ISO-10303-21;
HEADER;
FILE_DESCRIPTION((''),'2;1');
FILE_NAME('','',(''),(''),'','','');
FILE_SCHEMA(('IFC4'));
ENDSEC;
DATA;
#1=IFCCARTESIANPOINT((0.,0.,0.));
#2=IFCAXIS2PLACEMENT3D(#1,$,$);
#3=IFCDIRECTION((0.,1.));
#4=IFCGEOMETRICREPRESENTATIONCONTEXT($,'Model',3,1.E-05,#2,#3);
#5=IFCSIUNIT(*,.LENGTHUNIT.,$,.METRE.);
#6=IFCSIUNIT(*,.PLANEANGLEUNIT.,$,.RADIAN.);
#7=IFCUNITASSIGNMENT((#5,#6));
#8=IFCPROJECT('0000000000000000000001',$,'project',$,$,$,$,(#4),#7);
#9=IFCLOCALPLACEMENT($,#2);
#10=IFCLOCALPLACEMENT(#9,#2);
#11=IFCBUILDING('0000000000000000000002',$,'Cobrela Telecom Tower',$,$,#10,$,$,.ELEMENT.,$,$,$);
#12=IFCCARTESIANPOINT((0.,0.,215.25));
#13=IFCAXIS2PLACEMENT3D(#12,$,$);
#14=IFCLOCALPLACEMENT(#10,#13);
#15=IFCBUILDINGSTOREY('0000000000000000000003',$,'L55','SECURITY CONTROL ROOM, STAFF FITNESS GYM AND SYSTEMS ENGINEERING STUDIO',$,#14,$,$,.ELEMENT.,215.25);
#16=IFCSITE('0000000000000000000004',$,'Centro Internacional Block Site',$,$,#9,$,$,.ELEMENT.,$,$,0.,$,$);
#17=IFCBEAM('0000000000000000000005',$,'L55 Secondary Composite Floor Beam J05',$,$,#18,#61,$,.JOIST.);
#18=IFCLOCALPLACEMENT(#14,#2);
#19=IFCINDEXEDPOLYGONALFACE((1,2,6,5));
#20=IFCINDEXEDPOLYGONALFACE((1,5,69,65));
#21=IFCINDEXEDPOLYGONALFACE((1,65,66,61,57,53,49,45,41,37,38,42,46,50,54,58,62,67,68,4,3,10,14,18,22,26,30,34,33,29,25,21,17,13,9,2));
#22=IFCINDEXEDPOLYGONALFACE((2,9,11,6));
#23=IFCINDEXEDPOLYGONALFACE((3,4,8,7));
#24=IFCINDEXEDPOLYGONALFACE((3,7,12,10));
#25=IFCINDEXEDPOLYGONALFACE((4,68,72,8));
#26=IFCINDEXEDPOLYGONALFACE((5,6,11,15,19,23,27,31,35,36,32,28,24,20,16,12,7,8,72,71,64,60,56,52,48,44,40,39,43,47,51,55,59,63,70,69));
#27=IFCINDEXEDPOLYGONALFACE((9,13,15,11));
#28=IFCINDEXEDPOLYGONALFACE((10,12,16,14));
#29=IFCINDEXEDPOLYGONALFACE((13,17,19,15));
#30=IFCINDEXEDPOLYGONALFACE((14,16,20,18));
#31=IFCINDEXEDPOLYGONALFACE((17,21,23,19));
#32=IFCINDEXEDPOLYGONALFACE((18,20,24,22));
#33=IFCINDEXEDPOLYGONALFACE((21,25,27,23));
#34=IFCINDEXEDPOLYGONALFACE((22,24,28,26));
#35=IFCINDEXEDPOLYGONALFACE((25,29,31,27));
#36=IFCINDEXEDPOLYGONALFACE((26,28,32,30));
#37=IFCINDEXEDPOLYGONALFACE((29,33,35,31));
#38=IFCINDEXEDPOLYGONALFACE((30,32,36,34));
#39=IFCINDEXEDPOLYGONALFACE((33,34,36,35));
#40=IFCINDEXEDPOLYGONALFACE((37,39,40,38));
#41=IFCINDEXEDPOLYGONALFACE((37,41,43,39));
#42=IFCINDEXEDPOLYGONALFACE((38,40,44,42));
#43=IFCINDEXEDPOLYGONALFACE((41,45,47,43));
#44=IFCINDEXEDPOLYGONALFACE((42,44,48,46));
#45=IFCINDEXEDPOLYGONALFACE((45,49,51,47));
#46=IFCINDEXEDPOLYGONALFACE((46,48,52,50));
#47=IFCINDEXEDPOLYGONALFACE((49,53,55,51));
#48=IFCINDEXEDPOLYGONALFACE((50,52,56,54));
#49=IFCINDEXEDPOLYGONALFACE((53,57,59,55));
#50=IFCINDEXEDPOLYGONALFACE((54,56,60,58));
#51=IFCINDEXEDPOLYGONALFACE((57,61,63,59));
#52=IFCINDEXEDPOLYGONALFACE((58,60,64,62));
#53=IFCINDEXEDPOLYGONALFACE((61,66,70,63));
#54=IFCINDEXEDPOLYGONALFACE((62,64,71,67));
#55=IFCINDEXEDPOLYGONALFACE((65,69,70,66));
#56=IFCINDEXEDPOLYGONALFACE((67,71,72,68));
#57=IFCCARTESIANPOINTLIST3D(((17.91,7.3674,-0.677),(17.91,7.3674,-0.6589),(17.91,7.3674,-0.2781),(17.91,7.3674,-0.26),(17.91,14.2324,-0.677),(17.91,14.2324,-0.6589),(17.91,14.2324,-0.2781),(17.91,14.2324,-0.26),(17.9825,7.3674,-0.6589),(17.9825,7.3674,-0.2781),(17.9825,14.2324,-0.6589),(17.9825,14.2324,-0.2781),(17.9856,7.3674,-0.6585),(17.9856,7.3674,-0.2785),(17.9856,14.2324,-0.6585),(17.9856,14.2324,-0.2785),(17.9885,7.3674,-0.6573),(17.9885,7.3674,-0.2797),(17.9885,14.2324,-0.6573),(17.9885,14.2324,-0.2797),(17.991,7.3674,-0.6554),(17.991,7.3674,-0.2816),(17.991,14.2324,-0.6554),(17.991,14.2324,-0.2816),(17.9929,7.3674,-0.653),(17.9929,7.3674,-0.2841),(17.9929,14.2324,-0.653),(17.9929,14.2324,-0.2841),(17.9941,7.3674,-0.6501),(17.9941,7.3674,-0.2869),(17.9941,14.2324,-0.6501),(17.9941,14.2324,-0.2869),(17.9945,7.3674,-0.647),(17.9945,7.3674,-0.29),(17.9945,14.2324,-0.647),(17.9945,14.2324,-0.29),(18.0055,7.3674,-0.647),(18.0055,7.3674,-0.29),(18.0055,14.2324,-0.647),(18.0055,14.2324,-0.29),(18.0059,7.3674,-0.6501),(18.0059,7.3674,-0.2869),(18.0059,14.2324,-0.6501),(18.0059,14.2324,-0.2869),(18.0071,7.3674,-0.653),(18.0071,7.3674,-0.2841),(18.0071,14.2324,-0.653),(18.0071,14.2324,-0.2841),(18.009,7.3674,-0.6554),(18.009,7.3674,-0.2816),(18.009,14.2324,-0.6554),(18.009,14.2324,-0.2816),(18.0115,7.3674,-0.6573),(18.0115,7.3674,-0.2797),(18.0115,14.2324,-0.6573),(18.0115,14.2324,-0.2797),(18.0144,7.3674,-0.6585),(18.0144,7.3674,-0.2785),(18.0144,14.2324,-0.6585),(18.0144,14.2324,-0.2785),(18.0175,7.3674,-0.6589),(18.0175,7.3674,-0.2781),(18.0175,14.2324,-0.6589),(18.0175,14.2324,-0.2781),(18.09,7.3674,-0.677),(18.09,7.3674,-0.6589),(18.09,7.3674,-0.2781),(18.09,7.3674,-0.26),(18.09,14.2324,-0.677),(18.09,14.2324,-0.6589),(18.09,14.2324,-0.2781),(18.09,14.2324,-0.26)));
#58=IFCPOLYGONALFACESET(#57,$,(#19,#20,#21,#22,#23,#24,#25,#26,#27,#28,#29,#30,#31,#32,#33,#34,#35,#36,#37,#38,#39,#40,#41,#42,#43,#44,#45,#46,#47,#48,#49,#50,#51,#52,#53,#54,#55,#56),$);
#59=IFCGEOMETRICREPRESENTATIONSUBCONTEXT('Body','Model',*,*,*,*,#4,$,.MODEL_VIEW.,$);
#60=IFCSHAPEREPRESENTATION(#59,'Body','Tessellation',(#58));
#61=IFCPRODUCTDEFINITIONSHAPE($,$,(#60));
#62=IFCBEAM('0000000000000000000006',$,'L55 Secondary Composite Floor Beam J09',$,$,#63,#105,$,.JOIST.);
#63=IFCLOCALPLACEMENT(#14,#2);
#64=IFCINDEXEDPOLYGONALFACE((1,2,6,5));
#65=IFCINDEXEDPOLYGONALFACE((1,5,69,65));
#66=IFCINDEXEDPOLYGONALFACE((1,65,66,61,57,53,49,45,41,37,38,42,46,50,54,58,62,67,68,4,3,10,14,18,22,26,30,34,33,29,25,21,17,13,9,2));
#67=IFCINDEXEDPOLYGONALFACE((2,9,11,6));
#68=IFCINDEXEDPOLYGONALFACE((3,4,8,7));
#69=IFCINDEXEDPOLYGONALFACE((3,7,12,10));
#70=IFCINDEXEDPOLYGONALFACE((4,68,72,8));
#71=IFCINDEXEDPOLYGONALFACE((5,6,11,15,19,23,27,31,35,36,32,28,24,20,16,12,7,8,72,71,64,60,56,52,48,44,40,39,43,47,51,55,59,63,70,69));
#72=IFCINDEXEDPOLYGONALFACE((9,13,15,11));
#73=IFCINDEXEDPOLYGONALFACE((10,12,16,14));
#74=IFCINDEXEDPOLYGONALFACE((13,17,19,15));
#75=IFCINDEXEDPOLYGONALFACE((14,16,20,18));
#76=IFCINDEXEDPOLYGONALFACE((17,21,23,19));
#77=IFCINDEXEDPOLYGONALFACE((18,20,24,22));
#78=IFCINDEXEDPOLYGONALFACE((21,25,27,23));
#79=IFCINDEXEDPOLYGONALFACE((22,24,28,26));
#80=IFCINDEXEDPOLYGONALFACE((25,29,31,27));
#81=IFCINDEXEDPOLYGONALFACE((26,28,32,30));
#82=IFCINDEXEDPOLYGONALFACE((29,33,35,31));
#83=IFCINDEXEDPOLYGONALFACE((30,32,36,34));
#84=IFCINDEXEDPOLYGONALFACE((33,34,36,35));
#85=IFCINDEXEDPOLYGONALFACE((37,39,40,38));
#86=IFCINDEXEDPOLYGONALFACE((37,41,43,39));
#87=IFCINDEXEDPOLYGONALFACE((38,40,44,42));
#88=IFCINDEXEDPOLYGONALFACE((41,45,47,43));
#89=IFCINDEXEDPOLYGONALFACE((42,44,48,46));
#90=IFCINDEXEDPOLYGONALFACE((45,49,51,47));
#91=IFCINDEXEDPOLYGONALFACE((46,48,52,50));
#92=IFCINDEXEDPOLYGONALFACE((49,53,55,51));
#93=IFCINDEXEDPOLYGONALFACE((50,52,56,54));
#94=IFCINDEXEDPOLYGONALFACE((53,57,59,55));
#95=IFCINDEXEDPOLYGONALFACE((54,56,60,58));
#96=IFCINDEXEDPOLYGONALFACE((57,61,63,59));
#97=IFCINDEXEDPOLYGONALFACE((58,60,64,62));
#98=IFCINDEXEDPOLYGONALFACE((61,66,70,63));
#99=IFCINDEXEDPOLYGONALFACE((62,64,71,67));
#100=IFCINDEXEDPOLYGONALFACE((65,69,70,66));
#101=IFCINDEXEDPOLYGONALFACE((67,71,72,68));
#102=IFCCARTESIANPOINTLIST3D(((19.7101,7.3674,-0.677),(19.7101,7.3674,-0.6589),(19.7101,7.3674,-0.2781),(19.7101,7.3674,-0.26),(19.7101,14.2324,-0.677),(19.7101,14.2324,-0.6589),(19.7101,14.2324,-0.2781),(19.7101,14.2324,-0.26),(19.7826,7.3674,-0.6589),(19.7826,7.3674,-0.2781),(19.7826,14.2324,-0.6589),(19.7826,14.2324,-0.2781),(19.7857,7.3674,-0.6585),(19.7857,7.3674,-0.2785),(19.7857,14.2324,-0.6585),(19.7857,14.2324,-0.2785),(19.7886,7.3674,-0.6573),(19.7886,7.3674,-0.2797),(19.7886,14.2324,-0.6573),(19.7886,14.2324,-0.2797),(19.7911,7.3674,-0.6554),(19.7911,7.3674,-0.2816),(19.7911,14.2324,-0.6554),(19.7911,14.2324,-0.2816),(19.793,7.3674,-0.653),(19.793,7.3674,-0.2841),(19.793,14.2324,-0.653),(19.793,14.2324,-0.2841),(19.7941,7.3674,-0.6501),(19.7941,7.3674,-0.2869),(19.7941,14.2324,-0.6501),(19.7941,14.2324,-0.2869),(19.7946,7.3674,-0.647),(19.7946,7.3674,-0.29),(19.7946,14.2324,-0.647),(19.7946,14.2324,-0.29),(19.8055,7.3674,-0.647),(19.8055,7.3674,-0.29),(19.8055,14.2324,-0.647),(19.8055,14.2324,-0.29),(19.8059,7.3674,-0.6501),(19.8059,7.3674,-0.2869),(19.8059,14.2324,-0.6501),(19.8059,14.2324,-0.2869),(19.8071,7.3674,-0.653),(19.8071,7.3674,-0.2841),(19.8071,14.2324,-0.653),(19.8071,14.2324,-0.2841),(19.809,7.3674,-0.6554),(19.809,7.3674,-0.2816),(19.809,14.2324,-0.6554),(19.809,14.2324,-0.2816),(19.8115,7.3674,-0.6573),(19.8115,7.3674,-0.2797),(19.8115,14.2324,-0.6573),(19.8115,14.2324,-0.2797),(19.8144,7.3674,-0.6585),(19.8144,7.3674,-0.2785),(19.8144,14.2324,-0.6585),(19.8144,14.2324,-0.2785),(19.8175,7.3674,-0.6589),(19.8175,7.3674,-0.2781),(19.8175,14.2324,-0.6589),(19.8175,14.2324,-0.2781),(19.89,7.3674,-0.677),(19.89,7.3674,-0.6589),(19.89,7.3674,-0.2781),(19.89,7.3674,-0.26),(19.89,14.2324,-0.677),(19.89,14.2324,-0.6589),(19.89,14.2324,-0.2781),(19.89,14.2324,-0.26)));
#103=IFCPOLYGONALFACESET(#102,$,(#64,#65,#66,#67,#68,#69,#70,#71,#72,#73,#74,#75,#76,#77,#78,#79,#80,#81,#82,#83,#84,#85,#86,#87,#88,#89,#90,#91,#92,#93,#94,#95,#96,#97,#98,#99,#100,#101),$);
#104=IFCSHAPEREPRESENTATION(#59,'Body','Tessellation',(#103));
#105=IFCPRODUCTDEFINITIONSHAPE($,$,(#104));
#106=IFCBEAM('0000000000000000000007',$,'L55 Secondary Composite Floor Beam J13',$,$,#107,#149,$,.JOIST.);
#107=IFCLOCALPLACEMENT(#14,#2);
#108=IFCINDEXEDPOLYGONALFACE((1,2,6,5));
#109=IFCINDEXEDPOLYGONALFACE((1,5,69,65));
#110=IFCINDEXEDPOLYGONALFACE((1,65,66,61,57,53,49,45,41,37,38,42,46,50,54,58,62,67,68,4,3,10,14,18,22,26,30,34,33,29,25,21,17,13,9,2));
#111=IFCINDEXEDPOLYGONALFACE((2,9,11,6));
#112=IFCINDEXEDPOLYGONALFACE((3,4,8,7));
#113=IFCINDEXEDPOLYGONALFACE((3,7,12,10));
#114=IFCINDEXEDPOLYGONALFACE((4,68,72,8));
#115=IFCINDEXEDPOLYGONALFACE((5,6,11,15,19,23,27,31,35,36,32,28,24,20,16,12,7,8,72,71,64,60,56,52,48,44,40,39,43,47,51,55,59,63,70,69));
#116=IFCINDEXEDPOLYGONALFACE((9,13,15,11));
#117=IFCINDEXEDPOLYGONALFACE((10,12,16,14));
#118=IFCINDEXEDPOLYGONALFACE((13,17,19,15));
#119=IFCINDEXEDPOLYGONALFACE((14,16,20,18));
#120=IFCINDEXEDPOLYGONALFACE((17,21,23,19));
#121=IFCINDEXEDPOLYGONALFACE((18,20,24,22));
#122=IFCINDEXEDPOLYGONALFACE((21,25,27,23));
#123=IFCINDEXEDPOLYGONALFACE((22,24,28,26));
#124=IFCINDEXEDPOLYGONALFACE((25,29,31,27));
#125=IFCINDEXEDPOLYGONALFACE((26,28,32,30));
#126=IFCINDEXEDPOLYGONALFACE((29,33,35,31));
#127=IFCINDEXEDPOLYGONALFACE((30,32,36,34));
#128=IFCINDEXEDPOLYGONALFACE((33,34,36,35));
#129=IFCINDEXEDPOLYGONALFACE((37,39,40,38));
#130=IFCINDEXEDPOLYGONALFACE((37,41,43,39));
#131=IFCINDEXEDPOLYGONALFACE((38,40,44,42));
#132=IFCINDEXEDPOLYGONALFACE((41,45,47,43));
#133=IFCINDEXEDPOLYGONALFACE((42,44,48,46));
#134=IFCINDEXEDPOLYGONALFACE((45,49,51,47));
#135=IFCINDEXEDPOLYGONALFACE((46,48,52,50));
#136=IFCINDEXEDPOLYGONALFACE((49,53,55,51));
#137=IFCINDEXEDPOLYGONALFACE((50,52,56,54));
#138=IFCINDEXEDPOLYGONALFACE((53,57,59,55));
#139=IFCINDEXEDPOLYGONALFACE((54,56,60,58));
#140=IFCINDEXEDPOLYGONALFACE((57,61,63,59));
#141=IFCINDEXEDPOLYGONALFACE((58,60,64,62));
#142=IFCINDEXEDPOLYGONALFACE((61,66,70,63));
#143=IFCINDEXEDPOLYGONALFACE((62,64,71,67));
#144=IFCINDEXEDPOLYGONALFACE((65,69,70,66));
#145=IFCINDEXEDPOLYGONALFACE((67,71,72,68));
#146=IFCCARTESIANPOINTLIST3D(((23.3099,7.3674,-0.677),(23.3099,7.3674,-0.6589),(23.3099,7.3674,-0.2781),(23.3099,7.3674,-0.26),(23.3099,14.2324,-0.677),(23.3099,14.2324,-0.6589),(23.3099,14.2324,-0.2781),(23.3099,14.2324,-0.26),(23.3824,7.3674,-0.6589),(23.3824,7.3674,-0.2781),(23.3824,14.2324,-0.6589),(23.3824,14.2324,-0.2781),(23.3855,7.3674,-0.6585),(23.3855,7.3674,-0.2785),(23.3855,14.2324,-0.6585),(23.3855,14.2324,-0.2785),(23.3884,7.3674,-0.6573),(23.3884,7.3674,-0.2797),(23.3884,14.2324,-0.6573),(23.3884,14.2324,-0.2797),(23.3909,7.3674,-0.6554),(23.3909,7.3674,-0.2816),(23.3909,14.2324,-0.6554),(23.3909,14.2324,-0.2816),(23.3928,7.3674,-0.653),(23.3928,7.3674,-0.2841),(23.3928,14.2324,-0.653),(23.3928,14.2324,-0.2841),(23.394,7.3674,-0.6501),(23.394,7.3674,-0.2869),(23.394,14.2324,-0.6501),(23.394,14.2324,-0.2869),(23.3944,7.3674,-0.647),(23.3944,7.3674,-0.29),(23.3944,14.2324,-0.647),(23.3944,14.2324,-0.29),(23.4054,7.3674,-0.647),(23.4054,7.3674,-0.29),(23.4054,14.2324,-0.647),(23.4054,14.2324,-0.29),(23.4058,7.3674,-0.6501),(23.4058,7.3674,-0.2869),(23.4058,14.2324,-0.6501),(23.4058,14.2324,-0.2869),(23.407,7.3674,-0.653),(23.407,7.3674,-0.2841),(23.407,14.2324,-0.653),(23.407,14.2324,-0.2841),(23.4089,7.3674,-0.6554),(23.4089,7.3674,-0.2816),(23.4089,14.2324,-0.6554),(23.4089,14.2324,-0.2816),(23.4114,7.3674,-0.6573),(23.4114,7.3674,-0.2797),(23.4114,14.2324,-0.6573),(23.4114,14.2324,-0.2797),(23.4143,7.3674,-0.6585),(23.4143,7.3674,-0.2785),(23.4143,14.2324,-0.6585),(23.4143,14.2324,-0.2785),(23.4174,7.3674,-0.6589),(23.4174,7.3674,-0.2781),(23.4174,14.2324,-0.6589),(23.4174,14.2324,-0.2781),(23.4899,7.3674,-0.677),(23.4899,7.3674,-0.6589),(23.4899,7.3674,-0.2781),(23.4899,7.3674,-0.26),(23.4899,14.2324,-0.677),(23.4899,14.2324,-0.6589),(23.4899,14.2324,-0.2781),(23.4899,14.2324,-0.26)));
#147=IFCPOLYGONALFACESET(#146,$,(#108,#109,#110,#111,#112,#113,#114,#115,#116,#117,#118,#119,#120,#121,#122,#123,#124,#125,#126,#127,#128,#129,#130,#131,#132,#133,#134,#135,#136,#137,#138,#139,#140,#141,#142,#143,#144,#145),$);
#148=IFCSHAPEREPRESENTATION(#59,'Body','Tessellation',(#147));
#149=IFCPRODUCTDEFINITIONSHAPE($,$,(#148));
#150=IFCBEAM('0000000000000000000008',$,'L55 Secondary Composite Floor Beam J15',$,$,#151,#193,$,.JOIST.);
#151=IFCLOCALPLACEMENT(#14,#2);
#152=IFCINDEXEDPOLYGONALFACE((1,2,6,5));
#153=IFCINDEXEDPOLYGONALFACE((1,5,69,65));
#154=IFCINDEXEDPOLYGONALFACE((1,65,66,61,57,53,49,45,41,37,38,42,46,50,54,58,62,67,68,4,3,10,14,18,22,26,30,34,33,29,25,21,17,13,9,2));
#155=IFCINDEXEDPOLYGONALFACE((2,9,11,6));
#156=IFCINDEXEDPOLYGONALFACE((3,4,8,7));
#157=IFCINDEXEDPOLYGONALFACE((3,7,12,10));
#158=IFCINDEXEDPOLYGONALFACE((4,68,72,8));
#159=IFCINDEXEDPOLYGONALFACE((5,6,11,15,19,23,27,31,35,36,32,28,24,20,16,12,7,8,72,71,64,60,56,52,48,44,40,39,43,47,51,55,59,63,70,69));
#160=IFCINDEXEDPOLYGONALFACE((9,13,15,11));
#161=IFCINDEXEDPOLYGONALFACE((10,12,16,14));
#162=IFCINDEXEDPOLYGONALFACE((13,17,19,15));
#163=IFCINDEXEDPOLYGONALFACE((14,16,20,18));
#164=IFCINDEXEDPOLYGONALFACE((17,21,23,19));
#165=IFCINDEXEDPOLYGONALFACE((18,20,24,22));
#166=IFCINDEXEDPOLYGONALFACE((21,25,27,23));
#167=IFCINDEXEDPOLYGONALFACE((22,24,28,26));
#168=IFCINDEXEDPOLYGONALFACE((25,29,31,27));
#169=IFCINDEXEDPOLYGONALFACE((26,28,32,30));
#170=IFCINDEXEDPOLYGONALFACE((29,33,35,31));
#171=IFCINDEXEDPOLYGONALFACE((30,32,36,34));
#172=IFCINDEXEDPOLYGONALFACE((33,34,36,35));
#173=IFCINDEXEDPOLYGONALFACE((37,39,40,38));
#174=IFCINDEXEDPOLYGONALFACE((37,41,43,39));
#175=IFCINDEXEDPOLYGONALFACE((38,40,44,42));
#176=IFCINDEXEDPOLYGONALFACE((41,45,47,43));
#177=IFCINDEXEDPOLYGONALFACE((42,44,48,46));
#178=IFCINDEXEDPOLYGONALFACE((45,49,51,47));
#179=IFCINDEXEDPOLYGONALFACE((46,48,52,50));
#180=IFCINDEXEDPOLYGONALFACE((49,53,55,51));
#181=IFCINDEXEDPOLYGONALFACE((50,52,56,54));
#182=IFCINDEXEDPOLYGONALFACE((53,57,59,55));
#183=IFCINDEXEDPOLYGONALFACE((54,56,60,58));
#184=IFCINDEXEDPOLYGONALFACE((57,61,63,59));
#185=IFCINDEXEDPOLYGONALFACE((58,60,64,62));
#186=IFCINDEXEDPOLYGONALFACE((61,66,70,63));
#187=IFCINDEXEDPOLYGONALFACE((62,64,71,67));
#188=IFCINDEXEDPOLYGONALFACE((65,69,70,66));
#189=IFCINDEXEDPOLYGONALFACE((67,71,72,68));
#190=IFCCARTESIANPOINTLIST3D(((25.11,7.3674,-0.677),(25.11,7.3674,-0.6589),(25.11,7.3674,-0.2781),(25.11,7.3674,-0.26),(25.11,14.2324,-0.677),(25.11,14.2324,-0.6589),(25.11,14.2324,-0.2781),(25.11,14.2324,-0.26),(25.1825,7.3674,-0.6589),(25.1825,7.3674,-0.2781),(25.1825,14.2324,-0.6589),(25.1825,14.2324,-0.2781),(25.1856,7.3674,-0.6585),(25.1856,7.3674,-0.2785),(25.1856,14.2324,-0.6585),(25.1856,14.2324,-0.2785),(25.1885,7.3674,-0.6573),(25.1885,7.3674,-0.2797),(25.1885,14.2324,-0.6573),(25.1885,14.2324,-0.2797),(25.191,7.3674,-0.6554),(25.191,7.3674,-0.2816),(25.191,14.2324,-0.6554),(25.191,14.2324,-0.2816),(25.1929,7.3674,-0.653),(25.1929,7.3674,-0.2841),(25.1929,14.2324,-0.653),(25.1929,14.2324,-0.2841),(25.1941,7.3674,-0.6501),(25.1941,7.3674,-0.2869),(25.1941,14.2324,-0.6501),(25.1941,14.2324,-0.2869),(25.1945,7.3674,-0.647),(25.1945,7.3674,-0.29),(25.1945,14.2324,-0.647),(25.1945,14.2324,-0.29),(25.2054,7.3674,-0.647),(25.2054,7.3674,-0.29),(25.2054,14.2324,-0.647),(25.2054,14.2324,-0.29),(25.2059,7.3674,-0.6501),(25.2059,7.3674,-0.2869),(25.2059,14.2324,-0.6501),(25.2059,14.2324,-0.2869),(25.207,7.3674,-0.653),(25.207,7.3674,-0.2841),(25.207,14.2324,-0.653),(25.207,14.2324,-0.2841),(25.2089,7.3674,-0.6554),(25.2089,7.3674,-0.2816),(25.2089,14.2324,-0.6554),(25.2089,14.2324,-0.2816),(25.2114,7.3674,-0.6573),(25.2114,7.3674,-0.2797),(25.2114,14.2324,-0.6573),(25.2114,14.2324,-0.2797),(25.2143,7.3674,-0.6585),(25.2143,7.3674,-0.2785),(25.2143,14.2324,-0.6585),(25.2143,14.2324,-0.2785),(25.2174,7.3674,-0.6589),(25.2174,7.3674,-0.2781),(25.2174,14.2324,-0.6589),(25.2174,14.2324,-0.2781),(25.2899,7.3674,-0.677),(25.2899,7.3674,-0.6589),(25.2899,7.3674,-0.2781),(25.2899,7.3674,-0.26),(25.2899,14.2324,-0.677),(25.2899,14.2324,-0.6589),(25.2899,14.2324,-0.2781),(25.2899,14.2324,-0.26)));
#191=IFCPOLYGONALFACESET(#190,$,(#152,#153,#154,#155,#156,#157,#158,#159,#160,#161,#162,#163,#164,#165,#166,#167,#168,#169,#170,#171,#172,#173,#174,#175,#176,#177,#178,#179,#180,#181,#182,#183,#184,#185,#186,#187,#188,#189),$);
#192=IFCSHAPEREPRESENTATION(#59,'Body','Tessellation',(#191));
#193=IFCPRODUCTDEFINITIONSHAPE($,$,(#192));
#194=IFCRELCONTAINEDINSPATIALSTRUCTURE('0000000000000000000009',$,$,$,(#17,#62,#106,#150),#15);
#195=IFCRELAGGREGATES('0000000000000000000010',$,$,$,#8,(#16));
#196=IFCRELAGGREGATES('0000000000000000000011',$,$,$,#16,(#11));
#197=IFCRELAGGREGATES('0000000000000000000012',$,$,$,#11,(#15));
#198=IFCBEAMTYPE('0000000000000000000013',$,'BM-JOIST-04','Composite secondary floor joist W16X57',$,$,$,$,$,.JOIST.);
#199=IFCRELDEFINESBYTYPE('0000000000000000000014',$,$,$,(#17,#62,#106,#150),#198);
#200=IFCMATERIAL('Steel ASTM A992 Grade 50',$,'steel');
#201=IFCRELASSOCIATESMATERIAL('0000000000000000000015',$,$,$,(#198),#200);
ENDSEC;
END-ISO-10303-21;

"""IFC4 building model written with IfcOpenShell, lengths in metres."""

from ifc_helpers import new_model, si_unit, direction, frame, origin, origin_2d, place, context, subcontext, project, spatial, i_section, extrude, material, material_profile, profile_set, type_object, element, save


model = new_model("IFC4")

# Units and contexts
model_context = context("Model", 3, precision=1e-05, world=origin(), true_north=direction((0.0, 1.0)))
body_context = subcontext(model_context, "Body", "Model", "MODEL_VIEW")
ifc_project = project(units=[si_unit("LENGTHUNIT", "METRE"), si_unit("PLANEANGLEUNIT", "RADIAN")], contexts=[model_context])

# Site, building, storey
site_placement = place(None, origin())
site = spatial("IfcSite", under=ifc_project, at=site_placement, Name="Centro Internacional Block Site", CompositionType="ELEMENT", RefElevation=0.0)
building_placement = place(site_placement, origin())
building = spatial("IfcBuilding", under=site, at=building_placement, Name="Cobrela Telecom Tower", CompositionType="ELEMENT")
storey_placement = place(building_placement, frame((0.0, 0.0, 215.25)))
storey = spatial("IfcBuildingStorey", under=building, at=storey_placement, Name="L55", Description="SECURITY CONTROL ROOM, STAFF FITNESS GYM AND SYSTEMS ENGINEERING STUDIO", CompositionType="ELEMENT", Elevation=215.25)

# Shared definitions
ifc_material_1 = material(Name="Steel ASTM A992 Grade 50", Category="steel")

# Beams
ifc_material_profile_1 = material_profile(ifc_material_1, i_section(OverallWidth=0.1799, OverallDepth=0.417, WebThickness=0.011, FlangeThickness=0.0181, FilletRadius=0.012, at=origin_2d()), Name="W16X57")
ifc_profile_set_1 = profile_set([ifc_material_profile_1], Name="Steel ASTM A992 Grade 50")
beam_type_1 = type_object("IfcBeamType", Name="BM-JOIST-04", Description="Composite secondary floor joist W16X57", PredefinedType="JOIST", material=ifc_profile_set_1)
for number, where, z_axis, x_axis, name in (
    (1, (18.0, 7.3674, -0.4685), (0.0, 1.0, 0.0), (-1.0, 0.0, 0.0), "L55 Secondary Composite Floor Beam J05"),
    (2, (19.8, 7.3674, -0.4685), (0.0, 1.0, 0.0), (-1.0, 0.0, 0.0), "L55 Secondary Composite Floor Beam J09"),
    (3, (23.3999, 7.3674, -0.4685), (0.0, 1.0, 0.0), (-1.0, 0.0, 0.0), "L55 Secondary Composite Floor Beam J13"),
    (4, (25.2, 7.3674, -0.4685), (0.0, 1.0, 0.0), (-1.0, 0.0, 0.0), "L55 Secondary Composite Floor Beam J15"),
):
    element("IfcBeam", number, at=place(storey_placement, frame(where, z_axis=z_axis, x_axis=x_axis)), inside=storey, type_object=beam_type_1, Name=name, PredefinedType="JOIST", context=body_context, shape_type="SweptSolid", body=[
        extrude(i_section(OverallWidth=0.1799, OverallDepth=0.417, WebThickness=0.011, FlangeThickness=0.0181, FilletRadius=0.012, at=origin_2d()), origin(), (0.0, 0.0, 1.0), 6.865),
    ])

save(model, "model.ifc")
